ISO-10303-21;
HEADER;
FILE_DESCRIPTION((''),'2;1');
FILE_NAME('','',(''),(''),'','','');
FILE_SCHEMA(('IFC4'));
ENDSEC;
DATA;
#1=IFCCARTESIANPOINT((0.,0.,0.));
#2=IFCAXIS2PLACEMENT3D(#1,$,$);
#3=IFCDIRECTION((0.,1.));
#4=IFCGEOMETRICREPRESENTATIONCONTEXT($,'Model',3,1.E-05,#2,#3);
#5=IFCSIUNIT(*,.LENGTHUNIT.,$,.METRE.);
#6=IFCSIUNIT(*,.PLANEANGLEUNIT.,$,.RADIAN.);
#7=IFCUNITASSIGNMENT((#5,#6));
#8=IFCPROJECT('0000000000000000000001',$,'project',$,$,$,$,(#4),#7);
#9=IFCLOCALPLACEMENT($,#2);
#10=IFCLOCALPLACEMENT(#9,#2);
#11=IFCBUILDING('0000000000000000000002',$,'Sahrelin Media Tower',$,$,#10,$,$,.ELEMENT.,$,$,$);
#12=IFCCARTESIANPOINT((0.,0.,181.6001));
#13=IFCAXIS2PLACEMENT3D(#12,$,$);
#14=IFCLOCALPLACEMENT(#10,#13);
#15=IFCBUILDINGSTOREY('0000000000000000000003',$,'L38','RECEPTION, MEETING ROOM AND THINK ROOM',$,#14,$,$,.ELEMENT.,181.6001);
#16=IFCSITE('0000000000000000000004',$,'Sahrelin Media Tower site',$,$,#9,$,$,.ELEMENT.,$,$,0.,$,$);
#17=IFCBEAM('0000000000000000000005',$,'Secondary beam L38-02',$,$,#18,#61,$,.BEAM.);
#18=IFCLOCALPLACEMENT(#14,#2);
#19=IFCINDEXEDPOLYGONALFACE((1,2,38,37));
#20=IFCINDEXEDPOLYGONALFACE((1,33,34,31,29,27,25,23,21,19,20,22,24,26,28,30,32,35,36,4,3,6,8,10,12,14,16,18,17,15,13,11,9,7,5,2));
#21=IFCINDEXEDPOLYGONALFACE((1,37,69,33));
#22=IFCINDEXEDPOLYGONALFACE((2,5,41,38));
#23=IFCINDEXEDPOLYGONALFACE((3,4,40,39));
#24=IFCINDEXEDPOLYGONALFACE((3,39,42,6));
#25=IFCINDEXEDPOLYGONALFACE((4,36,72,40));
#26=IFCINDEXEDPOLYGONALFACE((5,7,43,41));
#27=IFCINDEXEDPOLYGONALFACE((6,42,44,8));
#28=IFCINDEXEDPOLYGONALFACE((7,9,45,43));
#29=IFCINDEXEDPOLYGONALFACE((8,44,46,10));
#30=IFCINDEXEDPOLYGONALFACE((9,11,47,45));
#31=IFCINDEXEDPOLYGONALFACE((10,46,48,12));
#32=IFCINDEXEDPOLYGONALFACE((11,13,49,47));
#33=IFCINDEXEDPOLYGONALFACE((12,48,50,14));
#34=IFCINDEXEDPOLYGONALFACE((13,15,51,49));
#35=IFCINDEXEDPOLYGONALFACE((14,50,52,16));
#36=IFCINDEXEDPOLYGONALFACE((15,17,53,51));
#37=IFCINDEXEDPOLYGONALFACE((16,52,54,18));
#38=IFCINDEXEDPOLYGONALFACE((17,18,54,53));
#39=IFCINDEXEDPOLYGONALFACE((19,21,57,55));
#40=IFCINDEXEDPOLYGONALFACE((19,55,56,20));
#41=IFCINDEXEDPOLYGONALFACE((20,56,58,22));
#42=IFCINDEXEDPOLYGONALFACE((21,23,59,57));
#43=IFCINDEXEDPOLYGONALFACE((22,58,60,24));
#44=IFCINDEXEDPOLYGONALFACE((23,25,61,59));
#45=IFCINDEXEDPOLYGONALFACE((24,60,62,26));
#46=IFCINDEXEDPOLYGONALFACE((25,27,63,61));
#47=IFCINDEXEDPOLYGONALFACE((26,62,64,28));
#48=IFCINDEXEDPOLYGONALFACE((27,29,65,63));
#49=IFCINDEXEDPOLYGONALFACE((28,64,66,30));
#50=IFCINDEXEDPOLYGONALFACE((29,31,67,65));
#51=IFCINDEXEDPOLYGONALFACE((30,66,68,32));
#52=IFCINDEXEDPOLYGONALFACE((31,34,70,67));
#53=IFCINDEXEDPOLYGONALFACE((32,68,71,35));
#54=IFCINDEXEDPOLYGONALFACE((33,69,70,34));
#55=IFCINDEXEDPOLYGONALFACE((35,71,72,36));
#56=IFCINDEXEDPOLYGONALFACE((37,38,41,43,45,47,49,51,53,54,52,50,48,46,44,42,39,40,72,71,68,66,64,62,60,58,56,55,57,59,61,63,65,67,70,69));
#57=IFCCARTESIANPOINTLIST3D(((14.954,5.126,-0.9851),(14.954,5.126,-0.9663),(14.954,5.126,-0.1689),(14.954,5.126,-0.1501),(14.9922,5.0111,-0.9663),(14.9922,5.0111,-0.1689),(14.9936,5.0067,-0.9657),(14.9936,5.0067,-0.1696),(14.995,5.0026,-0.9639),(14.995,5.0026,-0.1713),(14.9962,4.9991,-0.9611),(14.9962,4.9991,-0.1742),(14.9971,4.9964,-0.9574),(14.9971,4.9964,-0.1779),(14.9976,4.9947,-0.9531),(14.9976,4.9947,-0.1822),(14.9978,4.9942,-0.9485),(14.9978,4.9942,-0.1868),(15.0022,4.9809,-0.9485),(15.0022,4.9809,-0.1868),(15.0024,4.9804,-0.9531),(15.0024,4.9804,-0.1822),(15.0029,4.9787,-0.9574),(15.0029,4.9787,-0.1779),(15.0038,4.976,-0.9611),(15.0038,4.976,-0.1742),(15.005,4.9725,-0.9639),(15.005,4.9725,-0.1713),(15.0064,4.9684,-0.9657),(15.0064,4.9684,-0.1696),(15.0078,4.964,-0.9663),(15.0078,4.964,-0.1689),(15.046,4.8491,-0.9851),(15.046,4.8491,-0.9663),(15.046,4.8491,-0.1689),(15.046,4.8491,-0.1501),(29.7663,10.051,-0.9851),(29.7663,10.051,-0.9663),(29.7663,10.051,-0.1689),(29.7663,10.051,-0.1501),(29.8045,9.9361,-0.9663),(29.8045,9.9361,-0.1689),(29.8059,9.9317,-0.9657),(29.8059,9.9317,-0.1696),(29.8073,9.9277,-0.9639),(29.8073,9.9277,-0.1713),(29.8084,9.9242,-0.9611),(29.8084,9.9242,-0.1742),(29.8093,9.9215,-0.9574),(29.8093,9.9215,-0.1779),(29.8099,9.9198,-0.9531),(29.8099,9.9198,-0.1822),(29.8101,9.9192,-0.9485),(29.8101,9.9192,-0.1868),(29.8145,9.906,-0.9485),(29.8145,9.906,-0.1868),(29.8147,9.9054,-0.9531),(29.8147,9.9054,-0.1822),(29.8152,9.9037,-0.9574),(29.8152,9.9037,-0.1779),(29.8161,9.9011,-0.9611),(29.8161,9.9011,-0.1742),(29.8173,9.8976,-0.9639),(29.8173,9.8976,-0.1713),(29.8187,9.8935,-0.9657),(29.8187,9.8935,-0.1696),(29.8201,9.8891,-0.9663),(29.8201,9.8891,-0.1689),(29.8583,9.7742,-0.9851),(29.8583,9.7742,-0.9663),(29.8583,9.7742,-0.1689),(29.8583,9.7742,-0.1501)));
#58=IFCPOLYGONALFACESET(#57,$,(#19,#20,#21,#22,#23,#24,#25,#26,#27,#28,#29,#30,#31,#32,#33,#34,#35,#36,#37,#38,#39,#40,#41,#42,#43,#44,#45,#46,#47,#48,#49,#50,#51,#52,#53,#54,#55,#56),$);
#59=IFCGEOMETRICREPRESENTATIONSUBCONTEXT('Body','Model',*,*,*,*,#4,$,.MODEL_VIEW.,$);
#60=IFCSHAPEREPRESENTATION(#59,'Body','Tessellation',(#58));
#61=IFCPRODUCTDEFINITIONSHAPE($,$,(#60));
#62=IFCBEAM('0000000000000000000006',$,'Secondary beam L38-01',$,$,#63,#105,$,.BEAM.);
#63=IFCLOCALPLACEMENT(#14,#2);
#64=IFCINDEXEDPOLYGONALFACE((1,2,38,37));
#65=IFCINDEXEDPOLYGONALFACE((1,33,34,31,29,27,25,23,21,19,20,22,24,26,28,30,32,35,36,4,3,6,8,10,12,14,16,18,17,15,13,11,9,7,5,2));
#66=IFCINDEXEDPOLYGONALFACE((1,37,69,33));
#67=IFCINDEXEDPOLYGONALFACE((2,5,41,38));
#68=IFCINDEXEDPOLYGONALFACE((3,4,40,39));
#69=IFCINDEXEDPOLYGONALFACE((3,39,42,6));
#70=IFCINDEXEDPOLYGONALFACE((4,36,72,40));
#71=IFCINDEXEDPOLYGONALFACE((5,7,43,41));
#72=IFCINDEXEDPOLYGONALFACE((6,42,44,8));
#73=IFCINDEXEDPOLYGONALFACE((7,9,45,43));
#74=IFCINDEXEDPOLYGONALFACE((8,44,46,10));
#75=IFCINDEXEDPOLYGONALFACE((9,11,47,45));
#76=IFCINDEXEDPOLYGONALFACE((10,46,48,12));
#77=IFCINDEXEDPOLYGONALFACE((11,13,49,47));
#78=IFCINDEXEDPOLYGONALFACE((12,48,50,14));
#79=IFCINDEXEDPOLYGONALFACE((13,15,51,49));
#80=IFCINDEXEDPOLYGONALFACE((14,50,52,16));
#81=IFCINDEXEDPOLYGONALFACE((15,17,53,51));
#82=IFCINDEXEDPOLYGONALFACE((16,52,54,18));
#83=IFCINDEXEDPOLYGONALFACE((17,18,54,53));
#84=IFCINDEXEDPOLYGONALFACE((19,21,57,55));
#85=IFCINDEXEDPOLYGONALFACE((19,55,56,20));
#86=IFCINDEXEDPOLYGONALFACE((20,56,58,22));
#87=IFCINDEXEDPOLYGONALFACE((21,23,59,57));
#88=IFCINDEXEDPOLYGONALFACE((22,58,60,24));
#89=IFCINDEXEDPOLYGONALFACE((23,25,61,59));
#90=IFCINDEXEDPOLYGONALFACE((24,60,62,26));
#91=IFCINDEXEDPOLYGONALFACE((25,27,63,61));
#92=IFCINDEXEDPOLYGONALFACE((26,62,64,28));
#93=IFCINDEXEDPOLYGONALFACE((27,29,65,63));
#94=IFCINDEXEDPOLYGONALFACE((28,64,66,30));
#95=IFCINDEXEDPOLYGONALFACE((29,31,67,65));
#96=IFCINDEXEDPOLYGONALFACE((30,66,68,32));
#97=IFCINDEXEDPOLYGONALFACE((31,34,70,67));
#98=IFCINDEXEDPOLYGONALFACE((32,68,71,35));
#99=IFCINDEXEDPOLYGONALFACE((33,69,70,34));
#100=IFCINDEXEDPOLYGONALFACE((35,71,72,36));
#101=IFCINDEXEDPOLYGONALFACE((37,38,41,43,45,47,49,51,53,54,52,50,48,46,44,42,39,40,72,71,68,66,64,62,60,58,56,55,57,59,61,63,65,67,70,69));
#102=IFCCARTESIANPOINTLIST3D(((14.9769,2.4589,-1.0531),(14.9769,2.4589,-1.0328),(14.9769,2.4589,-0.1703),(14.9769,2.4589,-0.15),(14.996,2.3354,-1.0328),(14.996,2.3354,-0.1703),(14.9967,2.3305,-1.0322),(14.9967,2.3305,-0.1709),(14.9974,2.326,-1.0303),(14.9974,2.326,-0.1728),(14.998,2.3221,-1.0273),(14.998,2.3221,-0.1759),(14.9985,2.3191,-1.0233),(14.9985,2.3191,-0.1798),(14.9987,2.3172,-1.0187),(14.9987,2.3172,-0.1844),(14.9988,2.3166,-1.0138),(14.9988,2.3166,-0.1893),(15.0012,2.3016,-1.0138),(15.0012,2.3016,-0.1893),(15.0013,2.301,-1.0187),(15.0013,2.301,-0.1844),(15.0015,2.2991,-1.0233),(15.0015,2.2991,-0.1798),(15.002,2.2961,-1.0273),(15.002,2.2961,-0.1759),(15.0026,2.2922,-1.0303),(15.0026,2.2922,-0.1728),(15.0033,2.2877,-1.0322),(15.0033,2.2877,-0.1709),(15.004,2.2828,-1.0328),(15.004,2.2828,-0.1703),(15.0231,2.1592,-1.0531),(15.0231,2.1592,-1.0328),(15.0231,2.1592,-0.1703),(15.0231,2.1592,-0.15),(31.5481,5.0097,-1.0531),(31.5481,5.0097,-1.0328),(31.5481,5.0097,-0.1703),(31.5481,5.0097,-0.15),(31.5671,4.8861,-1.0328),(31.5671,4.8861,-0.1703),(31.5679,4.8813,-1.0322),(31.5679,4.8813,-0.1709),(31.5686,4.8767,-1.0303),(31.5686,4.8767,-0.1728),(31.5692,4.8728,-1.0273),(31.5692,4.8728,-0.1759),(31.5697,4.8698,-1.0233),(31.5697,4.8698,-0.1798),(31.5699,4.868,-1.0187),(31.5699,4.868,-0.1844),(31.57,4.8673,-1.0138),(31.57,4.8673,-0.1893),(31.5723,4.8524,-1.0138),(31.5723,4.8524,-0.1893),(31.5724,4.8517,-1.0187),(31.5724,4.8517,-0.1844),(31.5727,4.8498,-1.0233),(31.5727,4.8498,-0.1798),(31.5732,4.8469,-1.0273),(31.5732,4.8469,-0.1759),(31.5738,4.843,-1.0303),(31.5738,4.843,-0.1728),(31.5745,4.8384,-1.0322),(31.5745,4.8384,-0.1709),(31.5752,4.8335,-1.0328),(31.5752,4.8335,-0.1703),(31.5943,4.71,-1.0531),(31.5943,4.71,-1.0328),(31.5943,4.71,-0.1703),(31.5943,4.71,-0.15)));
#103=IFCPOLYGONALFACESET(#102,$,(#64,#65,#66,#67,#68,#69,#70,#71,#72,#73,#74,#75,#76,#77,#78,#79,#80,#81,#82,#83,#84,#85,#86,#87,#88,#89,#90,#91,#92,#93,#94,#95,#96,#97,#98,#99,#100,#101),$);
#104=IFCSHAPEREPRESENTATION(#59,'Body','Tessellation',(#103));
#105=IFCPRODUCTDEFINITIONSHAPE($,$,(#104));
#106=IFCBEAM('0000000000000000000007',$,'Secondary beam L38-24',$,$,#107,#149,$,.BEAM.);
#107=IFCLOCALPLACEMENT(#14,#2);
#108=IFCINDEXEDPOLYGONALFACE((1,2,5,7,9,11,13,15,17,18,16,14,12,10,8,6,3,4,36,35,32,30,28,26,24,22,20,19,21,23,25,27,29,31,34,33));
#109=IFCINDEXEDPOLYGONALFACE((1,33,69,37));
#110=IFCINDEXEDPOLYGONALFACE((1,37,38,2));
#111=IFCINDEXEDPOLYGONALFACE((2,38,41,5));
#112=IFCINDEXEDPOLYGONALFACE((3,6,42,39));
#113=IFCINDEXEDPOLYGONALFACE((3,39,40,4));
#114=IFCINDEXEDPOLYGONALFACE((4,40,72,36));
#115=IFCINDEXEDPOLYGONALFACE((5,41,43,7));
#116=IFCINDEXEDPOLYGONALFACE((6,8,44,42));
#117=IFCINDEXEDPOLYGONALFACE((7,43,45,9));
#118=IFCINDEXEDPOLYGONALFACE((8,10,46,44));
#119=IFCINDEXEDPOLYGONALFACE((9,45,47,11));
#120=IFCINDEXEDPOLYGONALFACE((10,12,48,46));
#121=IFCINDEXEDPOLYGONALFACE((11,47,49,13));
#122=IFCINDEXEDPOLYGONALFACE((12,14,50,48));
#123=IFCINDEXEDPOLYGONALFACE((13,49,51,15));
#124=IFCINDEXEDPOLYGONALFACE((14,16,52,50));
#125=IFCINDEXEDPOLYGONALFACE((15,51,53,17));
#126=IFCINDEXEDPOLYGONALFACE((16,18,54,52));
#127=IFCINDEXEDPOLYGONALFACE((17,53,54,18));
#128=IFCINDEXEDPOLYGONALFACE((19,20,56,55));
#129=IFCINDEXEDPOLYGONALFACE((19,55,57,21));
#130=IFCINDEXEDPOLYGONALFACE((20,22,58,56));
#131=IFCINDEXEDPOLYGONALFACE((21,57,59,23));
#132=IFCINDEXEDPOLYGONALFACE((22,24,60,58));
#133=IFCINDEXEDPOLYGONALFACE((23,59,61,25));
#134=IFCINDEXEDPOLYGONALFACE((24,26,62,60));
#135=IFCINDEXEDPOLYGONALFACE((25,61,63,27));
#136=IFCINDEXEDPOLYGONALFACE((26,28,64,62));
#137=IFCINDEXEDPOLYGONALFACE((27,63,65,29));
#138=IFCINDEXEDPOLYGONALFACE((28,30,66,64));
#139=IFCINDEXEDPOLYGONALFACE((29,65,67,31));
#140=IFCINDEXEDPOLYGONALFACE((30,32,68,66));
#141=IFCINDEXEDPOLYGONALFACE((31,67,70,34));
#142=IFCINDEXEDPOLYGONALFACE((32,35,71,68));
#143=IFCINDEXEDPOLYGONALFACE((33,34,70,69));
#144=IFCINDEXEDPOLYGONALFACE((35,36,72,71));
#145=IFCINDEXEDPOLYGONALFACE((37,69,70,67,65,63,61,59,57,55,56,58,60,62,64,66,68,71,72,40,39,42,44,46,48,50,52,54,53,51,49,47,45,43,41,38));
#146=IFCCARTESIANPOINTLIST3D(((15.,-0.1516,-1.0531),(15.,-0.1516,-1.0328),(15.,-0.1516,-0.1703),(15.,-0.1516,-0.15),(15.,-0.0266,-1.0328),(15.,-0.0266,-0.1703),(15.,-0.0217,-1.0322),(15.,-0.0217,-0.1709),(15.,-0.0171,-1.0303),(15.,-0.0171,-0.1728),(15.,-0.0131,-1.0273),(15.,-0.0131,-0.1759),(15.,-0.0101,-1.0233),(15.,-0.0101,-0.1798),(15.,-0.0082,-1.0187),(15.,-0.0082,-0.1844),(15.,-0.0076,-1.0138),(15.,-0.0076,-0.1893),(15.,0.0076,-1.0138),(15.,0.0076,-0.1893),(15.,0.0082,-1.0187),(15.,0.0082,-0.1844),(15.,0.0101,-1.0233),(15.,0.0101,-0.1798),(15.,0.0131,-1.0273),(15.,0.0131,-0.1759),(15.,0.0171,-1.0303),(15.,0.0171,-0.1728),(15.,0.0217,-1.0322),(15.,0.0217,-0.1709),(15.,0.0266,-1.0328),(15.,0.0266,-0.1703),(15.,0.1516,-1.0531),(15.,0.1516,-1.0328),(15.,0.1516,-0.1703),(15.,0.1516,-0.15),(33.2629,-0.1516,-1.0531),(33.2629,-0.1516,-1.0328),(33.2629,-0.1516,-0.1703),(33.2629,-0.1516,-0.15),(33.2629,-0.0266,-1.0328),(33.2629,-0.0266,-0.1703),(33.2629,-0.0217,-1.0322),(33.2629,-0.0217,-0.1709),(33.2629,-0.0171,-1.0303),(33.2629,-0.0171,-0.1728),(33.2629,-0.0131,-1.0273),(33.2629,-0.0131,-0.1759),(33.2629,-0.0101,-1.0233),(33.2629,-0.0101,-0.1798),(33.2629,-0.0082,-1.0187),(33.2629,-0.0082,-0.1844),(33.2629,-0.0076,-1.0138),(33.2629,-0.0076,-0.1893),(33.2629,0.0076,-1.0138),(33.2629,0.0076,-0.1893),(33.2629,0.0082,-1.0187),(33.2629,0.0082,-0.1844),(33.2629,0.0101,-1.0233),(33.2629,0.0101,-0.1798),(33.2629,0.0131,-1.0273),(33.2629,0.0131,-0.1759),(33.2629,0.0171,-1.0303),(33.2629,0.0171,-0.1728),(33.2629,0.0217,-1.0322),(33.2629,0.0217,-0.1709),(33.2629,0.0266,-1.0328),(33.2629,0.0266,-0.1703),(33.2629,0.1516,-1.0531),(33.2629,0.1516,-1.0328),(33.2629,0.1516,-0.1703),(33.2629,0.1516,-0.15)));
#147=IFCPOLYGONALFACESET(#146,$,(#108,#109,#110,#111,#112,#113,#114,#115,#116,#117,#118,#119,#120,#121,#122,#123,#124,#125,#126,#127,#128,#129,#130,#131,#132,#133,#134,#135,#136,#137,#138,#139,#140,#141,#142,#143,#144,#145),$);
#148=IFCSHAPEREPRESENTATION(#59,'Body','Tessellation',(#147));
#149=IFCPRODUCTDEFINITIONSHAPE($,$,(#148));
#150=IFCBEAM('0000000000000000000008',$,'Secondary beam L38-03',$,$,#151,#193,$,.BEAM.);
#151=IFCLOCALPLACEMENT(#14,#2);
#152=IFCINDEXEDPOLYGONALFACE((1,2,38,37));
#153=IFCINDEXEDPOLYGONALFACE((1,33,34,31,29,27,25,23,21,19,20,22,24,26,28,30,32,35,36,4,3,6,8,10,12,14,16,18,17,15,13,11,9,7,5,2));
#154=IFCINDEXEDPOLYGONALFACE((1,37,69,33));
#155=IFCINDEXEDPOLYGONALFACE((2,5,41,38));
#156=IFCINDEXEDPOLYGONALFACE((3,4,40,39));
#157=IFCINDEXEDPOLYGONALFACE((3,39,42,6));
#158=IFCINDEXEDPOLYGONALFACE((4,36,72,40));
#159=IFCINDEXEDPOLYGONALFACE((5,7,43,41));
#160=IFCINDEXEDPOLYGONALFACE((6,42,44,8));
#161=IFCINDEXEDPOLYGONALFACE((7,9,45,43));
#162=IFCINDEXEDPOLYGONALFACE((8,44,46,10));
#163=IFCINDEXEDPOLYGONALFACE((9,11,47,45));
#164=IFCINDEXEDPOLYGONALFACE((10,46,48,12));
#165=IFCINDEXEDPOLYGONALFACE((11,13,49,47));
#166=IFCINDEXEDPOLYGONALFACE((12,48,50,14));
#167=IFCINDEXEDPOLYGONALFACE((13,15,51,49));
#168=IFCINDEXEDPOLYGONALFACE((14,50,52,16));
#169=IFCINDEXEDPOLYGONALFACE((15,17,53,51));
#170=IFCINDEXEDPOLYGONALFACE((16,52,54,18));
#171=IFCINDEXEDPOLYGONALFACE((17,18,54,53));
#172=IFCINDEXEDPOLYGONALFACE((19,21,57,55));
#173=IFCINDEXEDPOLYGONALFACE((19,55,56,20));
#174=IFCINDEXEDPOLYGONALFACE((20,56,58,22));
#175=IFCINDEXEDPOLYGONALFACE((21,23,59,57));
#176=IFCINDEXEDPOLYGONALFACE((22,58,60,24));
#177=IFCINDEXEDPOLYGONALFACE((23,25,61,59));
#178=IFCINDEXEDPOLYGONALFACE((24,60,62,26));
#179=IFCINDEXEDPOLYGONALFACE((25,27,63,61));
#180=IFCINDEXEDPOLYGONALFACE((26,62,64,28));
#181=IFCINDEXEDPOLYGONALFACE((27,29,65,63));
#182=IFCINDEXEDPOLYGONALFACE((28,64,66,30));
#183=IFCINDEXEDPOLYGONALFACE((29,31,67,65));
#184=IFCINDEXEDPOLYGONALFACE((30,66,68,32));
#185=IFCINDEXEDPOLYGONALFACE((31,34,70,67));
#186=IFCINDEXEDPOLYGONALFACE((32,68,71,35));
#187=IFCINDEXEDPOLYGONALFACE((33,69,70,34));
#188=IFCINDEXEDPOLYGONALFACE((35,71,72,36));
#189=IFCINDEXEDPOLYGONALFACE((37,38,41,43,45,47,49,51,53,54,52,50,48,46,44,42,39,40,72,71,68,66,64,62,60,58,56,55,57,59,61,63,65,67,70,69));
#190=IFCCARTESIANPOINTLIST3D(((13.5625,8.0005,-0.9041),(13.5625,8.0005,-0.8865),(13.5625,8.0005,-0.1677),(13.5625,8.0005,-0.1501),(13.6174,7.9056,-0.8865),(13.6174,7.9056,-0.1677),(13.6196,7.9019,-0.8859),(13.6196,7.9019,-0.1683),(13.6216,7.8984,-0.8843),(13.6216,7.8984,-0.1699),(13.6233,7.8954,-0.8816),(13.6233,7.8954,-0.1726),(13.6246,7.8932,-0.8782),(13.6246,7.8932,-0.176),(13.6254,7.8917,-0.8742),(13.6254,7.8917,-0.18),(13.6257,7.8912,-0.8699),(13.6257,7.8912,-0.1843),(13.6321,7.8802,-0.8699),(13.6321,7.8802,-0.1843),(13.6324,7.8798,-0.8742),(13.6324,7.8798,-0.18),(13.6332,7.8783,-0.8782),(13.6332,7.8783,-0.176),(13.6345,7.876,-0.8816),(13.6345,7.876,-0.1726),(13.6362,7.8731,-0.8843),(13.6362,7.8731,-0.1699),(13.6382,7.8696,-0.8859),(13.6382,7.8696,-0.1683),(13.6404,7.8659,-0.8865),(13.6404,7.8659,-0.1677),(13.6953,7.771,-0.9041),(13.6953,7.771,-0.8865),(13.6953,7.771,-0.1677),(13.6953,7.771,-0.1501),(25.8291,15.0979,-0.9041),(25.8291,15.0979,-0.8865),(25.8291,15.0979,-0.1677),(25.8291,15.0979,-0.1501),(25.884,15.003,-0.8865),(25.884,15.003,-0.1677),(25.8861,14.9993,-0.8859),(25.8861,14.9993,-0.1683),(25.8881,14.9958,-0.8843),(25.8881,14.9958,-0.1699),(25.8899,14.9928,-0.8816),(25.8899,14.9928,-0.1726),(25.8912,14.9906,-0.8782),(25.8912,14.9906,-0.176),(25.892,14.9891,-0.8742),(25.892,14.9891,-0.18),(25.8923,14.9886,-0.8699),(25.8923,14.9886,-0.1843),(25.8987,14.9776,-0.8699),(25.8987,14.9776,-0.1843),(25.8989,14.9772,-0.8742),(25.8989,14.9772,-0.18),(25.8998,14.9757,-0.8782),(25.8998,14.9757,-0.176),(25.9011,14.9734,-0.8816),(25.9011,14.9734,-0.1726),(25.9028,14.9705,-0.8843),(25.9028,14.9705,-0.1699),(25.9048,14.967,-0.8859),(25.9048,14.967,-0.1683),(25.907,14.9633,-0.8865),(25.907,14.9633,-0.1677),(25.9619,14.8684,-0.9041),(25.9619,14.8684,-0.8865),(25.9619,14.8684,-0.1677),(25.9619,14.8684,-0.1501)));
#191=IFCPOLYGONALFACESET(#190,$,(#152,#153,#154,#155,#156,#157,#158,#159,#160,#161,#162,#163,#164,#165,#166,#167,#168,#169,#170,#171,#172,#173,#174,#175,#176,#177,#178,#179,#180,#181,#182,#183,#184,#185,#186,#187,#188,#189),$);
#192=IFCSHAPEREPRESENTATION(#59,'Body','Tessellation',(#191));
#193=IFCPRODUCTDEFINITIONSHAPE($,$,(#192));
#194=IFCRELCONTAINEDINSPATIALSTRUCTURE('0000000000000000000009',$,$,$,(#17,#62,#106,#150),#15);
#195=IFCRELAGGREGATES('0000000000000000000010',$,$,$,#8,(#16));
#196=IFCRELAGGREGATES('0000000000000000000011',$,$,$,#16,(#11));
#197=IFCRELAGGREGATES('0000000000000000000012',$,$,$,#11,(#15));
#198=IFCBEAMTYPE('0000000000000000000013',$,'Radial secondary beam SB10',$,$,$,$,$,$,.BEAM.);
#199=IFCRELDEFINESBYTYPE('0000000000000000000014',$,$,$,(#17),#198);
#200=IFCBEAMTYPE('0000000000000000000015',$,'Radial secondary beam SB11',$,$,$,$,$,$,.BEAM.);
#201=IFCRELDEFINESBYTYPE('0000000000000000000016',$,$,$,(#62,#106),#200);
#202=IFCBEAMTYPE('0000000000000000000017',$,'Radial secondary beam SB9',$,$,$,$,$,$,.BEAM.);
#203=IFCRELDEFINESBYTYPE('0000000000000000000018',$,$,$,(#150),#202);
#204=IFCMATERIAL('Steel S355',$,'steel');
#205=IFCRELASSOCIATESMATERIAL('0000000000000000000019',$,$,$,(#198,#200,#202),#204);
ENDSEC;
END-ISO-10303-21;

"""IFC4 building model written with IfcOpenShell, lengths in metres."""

from ifc_helpers import new_model, si_unit, direction, frame, origin, origin_2d, place, context, subcontext, project, spatial, i_section, extrude, material, material_profile, profile_set, type_object, element, save


model = new_model("IFC4")

# Units and contexts
model_context = context("Model", 3, precision=1e-05, world=origin(), true_north=direction((0.0, 1.0)))
body_context = subcontext(model_context, "Body", "Model", "MODEL_VIEW")
ifc_project = project(units=[si_unit("LENGTHUNIT", "METRE"), si_unit("PLANEANGLEUNIT", "RADIAN")], contexts=[model_context])

# Site, building, storey
site_placement = place(None, origin())
site = spatial("IfcSite", under=ifc_project, at=site_placement, Name="Sahrelin Media Tower site", CompositionType="ELEMENT", RefElevation=0.0)
building_placement = place(site_placement, origin())
building = spatial("IfcBuilding", under=site, at=building_placement, Name="Sahrelin Media Tower", CompositionType="ELEMENT")
storey_placement = place(building_placement, frame((0.0, 0.0, 181.6001)))
storey = spatial("IfcBuildingStorey", under=building, at=storey_placement, Name="L38", Description="RECEPTION, MEETING ROOM AND THINK ROOM", CompositionType="ELEMENT", Elevation=181.6001)

# Beams
ifc_material_1 = material(Name="Steel S355", Category="steel")
ifc_material_profile_1 = material_profile(ifc_material_1, i_section(OverallWidth=0.2917, OverallDepth=0.835, WebThickness=0.0139, FlangeThickness=0.0188, FilletRadius=0.0178, at=origin_2d()), Name="UB 838x292x176")
ifc_profile_set_1 = profile_set([ifc_material_profile_1], Name="Steel S355")
beam_type_1 = type_object("IfcBeamType", Name="Radial secondary beam SB10", PredefinedType="BEAM", material=ifc_profile_set_1)
beam_1_placement = place(storey_placement, frame((15.0, 4.9875, -0.5676), z_axis=(0.948921, 0.315514, 0.0), x_axis=(-0.315514, 0.948921, 0.0)))
element("IfcBeam", 1, at=beam_1_placement, inside=storey, type_object=beam_type_1, Name="Secondary beam L38-02", PredefinedType="BEAM", context=body_context, shape_type="SweptSolid", body=[
    extrude(i_section(OverallWidth=0.2917, OverallDepth=0.835, WebThickness=0.0139, FlangeThickness=0.0188, FilletRadius=0.0178, at=origin_2d()), origin(), (0.0, 0.0, 1.0), 15.6096),
])
ifc_material_profile_2 = material_profile(ifc_material_1, i_section(OverallWidth=0.3032, OverallDepth=0.9031, WebThickness=0.0151, FlangeThickness=0.0203, FilletRadius=0.019, at=origin_2d()), Name="UB 914x305x201")
ifc_profile_set_2 = profile_set([ifc_material_profile_2], Name="Steel S355")
beam_type_2 = type_object("IfcBeamType", Name="Radial secondary beam SB11", PredefinedType="BEAM", material=ifc_profile_set_2)
beam_2_placement = place(storey_placement, frame((15.0, 2.3091, -0.6016), z_axis=(0.98836, 0.152136, 0.0), x_axis=(-0.152136, 0.98836, 0.0)))
element("IfcBeam", 2, at=beam_2_placement, inside=storey, type_object=beam_type_2, Name="Secondary beam L38-01", PredefinedType="BEAM", context=body_context, shape_type="SweptSolid", body=[
    extrude(i_section(OverallWidth=0.3032, OverallDepth=0.9031, WebThickness=0.0151, FlangeThickness=0.0203, FilletRadius=0.019, at=origin_2d()), origin(), (0.0, 0.0, 1.0), 16.7664),
])
beam_3_placement = place(storey_placement, frame((15.0, 0.0, -0.6016), z_axis=(1.0, 0.0, 0.0), x_axis=(0.0, 1.0, 0.0)))
element("IfcBeam", 3, at=beam_3_placement, inside=storey, type_object=beam_type_2, Name="Secondary beam L38-24", PredefinedType="BEAM", context=body_context, shape_type="SweptSolid", body=[
    extrude(i_section(OverallWidth=0.3032, OverallDepth=0.9031, WebThickness=0.0151, FlangeThickness=0.0203, FilletRadius=0.019, at=origin_2d()), origin(), (0.0, 0.0, 1.0), 18.2629),
])
ifc_material_profile_3 = material_profile(ifc_material_1, i_section(OverallWidth=0.2651, OverallDepth=0.7539, WebThickness=0.0127, FlangeThickness=0.0176, FilletRadius=0.0166, at=origin_2d()), Name="UB 762x267x147")
ifc_profile_set_3 = profile_set([ifc_material_profile_3], Name="Steel S355")
beam_type_3 = type_object("IfcBeamType", Name="Radial secondary beam SB9", PredefinedType="BEAM", material=ifc_profile_set_3)
beam_4_placement = place(storey_placement, frame((13.6289, 7.8857, -0.5271), z_axis=(0.865558, 0.500809, 0.0), x_axis=(-0.500809, 0.865558, 0.0)))
element("IfcBeam", 4, at=beam_4_placement, inside=storey, type_object=beam_type_3, Name="Secondary beam L38-03", PredefinedType="BEAM", context=body_context, shape_type="SweptSolid", body=[
    extrude(i_section(OverallWidth=0.2651, OverallDepth=0.7539, WebThickness=0.0127, FlangeThickness=0.0176, FilletRadius=0.0166, at=origin_2d()), origin(), (0.0, 0.0, 1.0), 14.1719),
])

save(model, "model.ifc")
